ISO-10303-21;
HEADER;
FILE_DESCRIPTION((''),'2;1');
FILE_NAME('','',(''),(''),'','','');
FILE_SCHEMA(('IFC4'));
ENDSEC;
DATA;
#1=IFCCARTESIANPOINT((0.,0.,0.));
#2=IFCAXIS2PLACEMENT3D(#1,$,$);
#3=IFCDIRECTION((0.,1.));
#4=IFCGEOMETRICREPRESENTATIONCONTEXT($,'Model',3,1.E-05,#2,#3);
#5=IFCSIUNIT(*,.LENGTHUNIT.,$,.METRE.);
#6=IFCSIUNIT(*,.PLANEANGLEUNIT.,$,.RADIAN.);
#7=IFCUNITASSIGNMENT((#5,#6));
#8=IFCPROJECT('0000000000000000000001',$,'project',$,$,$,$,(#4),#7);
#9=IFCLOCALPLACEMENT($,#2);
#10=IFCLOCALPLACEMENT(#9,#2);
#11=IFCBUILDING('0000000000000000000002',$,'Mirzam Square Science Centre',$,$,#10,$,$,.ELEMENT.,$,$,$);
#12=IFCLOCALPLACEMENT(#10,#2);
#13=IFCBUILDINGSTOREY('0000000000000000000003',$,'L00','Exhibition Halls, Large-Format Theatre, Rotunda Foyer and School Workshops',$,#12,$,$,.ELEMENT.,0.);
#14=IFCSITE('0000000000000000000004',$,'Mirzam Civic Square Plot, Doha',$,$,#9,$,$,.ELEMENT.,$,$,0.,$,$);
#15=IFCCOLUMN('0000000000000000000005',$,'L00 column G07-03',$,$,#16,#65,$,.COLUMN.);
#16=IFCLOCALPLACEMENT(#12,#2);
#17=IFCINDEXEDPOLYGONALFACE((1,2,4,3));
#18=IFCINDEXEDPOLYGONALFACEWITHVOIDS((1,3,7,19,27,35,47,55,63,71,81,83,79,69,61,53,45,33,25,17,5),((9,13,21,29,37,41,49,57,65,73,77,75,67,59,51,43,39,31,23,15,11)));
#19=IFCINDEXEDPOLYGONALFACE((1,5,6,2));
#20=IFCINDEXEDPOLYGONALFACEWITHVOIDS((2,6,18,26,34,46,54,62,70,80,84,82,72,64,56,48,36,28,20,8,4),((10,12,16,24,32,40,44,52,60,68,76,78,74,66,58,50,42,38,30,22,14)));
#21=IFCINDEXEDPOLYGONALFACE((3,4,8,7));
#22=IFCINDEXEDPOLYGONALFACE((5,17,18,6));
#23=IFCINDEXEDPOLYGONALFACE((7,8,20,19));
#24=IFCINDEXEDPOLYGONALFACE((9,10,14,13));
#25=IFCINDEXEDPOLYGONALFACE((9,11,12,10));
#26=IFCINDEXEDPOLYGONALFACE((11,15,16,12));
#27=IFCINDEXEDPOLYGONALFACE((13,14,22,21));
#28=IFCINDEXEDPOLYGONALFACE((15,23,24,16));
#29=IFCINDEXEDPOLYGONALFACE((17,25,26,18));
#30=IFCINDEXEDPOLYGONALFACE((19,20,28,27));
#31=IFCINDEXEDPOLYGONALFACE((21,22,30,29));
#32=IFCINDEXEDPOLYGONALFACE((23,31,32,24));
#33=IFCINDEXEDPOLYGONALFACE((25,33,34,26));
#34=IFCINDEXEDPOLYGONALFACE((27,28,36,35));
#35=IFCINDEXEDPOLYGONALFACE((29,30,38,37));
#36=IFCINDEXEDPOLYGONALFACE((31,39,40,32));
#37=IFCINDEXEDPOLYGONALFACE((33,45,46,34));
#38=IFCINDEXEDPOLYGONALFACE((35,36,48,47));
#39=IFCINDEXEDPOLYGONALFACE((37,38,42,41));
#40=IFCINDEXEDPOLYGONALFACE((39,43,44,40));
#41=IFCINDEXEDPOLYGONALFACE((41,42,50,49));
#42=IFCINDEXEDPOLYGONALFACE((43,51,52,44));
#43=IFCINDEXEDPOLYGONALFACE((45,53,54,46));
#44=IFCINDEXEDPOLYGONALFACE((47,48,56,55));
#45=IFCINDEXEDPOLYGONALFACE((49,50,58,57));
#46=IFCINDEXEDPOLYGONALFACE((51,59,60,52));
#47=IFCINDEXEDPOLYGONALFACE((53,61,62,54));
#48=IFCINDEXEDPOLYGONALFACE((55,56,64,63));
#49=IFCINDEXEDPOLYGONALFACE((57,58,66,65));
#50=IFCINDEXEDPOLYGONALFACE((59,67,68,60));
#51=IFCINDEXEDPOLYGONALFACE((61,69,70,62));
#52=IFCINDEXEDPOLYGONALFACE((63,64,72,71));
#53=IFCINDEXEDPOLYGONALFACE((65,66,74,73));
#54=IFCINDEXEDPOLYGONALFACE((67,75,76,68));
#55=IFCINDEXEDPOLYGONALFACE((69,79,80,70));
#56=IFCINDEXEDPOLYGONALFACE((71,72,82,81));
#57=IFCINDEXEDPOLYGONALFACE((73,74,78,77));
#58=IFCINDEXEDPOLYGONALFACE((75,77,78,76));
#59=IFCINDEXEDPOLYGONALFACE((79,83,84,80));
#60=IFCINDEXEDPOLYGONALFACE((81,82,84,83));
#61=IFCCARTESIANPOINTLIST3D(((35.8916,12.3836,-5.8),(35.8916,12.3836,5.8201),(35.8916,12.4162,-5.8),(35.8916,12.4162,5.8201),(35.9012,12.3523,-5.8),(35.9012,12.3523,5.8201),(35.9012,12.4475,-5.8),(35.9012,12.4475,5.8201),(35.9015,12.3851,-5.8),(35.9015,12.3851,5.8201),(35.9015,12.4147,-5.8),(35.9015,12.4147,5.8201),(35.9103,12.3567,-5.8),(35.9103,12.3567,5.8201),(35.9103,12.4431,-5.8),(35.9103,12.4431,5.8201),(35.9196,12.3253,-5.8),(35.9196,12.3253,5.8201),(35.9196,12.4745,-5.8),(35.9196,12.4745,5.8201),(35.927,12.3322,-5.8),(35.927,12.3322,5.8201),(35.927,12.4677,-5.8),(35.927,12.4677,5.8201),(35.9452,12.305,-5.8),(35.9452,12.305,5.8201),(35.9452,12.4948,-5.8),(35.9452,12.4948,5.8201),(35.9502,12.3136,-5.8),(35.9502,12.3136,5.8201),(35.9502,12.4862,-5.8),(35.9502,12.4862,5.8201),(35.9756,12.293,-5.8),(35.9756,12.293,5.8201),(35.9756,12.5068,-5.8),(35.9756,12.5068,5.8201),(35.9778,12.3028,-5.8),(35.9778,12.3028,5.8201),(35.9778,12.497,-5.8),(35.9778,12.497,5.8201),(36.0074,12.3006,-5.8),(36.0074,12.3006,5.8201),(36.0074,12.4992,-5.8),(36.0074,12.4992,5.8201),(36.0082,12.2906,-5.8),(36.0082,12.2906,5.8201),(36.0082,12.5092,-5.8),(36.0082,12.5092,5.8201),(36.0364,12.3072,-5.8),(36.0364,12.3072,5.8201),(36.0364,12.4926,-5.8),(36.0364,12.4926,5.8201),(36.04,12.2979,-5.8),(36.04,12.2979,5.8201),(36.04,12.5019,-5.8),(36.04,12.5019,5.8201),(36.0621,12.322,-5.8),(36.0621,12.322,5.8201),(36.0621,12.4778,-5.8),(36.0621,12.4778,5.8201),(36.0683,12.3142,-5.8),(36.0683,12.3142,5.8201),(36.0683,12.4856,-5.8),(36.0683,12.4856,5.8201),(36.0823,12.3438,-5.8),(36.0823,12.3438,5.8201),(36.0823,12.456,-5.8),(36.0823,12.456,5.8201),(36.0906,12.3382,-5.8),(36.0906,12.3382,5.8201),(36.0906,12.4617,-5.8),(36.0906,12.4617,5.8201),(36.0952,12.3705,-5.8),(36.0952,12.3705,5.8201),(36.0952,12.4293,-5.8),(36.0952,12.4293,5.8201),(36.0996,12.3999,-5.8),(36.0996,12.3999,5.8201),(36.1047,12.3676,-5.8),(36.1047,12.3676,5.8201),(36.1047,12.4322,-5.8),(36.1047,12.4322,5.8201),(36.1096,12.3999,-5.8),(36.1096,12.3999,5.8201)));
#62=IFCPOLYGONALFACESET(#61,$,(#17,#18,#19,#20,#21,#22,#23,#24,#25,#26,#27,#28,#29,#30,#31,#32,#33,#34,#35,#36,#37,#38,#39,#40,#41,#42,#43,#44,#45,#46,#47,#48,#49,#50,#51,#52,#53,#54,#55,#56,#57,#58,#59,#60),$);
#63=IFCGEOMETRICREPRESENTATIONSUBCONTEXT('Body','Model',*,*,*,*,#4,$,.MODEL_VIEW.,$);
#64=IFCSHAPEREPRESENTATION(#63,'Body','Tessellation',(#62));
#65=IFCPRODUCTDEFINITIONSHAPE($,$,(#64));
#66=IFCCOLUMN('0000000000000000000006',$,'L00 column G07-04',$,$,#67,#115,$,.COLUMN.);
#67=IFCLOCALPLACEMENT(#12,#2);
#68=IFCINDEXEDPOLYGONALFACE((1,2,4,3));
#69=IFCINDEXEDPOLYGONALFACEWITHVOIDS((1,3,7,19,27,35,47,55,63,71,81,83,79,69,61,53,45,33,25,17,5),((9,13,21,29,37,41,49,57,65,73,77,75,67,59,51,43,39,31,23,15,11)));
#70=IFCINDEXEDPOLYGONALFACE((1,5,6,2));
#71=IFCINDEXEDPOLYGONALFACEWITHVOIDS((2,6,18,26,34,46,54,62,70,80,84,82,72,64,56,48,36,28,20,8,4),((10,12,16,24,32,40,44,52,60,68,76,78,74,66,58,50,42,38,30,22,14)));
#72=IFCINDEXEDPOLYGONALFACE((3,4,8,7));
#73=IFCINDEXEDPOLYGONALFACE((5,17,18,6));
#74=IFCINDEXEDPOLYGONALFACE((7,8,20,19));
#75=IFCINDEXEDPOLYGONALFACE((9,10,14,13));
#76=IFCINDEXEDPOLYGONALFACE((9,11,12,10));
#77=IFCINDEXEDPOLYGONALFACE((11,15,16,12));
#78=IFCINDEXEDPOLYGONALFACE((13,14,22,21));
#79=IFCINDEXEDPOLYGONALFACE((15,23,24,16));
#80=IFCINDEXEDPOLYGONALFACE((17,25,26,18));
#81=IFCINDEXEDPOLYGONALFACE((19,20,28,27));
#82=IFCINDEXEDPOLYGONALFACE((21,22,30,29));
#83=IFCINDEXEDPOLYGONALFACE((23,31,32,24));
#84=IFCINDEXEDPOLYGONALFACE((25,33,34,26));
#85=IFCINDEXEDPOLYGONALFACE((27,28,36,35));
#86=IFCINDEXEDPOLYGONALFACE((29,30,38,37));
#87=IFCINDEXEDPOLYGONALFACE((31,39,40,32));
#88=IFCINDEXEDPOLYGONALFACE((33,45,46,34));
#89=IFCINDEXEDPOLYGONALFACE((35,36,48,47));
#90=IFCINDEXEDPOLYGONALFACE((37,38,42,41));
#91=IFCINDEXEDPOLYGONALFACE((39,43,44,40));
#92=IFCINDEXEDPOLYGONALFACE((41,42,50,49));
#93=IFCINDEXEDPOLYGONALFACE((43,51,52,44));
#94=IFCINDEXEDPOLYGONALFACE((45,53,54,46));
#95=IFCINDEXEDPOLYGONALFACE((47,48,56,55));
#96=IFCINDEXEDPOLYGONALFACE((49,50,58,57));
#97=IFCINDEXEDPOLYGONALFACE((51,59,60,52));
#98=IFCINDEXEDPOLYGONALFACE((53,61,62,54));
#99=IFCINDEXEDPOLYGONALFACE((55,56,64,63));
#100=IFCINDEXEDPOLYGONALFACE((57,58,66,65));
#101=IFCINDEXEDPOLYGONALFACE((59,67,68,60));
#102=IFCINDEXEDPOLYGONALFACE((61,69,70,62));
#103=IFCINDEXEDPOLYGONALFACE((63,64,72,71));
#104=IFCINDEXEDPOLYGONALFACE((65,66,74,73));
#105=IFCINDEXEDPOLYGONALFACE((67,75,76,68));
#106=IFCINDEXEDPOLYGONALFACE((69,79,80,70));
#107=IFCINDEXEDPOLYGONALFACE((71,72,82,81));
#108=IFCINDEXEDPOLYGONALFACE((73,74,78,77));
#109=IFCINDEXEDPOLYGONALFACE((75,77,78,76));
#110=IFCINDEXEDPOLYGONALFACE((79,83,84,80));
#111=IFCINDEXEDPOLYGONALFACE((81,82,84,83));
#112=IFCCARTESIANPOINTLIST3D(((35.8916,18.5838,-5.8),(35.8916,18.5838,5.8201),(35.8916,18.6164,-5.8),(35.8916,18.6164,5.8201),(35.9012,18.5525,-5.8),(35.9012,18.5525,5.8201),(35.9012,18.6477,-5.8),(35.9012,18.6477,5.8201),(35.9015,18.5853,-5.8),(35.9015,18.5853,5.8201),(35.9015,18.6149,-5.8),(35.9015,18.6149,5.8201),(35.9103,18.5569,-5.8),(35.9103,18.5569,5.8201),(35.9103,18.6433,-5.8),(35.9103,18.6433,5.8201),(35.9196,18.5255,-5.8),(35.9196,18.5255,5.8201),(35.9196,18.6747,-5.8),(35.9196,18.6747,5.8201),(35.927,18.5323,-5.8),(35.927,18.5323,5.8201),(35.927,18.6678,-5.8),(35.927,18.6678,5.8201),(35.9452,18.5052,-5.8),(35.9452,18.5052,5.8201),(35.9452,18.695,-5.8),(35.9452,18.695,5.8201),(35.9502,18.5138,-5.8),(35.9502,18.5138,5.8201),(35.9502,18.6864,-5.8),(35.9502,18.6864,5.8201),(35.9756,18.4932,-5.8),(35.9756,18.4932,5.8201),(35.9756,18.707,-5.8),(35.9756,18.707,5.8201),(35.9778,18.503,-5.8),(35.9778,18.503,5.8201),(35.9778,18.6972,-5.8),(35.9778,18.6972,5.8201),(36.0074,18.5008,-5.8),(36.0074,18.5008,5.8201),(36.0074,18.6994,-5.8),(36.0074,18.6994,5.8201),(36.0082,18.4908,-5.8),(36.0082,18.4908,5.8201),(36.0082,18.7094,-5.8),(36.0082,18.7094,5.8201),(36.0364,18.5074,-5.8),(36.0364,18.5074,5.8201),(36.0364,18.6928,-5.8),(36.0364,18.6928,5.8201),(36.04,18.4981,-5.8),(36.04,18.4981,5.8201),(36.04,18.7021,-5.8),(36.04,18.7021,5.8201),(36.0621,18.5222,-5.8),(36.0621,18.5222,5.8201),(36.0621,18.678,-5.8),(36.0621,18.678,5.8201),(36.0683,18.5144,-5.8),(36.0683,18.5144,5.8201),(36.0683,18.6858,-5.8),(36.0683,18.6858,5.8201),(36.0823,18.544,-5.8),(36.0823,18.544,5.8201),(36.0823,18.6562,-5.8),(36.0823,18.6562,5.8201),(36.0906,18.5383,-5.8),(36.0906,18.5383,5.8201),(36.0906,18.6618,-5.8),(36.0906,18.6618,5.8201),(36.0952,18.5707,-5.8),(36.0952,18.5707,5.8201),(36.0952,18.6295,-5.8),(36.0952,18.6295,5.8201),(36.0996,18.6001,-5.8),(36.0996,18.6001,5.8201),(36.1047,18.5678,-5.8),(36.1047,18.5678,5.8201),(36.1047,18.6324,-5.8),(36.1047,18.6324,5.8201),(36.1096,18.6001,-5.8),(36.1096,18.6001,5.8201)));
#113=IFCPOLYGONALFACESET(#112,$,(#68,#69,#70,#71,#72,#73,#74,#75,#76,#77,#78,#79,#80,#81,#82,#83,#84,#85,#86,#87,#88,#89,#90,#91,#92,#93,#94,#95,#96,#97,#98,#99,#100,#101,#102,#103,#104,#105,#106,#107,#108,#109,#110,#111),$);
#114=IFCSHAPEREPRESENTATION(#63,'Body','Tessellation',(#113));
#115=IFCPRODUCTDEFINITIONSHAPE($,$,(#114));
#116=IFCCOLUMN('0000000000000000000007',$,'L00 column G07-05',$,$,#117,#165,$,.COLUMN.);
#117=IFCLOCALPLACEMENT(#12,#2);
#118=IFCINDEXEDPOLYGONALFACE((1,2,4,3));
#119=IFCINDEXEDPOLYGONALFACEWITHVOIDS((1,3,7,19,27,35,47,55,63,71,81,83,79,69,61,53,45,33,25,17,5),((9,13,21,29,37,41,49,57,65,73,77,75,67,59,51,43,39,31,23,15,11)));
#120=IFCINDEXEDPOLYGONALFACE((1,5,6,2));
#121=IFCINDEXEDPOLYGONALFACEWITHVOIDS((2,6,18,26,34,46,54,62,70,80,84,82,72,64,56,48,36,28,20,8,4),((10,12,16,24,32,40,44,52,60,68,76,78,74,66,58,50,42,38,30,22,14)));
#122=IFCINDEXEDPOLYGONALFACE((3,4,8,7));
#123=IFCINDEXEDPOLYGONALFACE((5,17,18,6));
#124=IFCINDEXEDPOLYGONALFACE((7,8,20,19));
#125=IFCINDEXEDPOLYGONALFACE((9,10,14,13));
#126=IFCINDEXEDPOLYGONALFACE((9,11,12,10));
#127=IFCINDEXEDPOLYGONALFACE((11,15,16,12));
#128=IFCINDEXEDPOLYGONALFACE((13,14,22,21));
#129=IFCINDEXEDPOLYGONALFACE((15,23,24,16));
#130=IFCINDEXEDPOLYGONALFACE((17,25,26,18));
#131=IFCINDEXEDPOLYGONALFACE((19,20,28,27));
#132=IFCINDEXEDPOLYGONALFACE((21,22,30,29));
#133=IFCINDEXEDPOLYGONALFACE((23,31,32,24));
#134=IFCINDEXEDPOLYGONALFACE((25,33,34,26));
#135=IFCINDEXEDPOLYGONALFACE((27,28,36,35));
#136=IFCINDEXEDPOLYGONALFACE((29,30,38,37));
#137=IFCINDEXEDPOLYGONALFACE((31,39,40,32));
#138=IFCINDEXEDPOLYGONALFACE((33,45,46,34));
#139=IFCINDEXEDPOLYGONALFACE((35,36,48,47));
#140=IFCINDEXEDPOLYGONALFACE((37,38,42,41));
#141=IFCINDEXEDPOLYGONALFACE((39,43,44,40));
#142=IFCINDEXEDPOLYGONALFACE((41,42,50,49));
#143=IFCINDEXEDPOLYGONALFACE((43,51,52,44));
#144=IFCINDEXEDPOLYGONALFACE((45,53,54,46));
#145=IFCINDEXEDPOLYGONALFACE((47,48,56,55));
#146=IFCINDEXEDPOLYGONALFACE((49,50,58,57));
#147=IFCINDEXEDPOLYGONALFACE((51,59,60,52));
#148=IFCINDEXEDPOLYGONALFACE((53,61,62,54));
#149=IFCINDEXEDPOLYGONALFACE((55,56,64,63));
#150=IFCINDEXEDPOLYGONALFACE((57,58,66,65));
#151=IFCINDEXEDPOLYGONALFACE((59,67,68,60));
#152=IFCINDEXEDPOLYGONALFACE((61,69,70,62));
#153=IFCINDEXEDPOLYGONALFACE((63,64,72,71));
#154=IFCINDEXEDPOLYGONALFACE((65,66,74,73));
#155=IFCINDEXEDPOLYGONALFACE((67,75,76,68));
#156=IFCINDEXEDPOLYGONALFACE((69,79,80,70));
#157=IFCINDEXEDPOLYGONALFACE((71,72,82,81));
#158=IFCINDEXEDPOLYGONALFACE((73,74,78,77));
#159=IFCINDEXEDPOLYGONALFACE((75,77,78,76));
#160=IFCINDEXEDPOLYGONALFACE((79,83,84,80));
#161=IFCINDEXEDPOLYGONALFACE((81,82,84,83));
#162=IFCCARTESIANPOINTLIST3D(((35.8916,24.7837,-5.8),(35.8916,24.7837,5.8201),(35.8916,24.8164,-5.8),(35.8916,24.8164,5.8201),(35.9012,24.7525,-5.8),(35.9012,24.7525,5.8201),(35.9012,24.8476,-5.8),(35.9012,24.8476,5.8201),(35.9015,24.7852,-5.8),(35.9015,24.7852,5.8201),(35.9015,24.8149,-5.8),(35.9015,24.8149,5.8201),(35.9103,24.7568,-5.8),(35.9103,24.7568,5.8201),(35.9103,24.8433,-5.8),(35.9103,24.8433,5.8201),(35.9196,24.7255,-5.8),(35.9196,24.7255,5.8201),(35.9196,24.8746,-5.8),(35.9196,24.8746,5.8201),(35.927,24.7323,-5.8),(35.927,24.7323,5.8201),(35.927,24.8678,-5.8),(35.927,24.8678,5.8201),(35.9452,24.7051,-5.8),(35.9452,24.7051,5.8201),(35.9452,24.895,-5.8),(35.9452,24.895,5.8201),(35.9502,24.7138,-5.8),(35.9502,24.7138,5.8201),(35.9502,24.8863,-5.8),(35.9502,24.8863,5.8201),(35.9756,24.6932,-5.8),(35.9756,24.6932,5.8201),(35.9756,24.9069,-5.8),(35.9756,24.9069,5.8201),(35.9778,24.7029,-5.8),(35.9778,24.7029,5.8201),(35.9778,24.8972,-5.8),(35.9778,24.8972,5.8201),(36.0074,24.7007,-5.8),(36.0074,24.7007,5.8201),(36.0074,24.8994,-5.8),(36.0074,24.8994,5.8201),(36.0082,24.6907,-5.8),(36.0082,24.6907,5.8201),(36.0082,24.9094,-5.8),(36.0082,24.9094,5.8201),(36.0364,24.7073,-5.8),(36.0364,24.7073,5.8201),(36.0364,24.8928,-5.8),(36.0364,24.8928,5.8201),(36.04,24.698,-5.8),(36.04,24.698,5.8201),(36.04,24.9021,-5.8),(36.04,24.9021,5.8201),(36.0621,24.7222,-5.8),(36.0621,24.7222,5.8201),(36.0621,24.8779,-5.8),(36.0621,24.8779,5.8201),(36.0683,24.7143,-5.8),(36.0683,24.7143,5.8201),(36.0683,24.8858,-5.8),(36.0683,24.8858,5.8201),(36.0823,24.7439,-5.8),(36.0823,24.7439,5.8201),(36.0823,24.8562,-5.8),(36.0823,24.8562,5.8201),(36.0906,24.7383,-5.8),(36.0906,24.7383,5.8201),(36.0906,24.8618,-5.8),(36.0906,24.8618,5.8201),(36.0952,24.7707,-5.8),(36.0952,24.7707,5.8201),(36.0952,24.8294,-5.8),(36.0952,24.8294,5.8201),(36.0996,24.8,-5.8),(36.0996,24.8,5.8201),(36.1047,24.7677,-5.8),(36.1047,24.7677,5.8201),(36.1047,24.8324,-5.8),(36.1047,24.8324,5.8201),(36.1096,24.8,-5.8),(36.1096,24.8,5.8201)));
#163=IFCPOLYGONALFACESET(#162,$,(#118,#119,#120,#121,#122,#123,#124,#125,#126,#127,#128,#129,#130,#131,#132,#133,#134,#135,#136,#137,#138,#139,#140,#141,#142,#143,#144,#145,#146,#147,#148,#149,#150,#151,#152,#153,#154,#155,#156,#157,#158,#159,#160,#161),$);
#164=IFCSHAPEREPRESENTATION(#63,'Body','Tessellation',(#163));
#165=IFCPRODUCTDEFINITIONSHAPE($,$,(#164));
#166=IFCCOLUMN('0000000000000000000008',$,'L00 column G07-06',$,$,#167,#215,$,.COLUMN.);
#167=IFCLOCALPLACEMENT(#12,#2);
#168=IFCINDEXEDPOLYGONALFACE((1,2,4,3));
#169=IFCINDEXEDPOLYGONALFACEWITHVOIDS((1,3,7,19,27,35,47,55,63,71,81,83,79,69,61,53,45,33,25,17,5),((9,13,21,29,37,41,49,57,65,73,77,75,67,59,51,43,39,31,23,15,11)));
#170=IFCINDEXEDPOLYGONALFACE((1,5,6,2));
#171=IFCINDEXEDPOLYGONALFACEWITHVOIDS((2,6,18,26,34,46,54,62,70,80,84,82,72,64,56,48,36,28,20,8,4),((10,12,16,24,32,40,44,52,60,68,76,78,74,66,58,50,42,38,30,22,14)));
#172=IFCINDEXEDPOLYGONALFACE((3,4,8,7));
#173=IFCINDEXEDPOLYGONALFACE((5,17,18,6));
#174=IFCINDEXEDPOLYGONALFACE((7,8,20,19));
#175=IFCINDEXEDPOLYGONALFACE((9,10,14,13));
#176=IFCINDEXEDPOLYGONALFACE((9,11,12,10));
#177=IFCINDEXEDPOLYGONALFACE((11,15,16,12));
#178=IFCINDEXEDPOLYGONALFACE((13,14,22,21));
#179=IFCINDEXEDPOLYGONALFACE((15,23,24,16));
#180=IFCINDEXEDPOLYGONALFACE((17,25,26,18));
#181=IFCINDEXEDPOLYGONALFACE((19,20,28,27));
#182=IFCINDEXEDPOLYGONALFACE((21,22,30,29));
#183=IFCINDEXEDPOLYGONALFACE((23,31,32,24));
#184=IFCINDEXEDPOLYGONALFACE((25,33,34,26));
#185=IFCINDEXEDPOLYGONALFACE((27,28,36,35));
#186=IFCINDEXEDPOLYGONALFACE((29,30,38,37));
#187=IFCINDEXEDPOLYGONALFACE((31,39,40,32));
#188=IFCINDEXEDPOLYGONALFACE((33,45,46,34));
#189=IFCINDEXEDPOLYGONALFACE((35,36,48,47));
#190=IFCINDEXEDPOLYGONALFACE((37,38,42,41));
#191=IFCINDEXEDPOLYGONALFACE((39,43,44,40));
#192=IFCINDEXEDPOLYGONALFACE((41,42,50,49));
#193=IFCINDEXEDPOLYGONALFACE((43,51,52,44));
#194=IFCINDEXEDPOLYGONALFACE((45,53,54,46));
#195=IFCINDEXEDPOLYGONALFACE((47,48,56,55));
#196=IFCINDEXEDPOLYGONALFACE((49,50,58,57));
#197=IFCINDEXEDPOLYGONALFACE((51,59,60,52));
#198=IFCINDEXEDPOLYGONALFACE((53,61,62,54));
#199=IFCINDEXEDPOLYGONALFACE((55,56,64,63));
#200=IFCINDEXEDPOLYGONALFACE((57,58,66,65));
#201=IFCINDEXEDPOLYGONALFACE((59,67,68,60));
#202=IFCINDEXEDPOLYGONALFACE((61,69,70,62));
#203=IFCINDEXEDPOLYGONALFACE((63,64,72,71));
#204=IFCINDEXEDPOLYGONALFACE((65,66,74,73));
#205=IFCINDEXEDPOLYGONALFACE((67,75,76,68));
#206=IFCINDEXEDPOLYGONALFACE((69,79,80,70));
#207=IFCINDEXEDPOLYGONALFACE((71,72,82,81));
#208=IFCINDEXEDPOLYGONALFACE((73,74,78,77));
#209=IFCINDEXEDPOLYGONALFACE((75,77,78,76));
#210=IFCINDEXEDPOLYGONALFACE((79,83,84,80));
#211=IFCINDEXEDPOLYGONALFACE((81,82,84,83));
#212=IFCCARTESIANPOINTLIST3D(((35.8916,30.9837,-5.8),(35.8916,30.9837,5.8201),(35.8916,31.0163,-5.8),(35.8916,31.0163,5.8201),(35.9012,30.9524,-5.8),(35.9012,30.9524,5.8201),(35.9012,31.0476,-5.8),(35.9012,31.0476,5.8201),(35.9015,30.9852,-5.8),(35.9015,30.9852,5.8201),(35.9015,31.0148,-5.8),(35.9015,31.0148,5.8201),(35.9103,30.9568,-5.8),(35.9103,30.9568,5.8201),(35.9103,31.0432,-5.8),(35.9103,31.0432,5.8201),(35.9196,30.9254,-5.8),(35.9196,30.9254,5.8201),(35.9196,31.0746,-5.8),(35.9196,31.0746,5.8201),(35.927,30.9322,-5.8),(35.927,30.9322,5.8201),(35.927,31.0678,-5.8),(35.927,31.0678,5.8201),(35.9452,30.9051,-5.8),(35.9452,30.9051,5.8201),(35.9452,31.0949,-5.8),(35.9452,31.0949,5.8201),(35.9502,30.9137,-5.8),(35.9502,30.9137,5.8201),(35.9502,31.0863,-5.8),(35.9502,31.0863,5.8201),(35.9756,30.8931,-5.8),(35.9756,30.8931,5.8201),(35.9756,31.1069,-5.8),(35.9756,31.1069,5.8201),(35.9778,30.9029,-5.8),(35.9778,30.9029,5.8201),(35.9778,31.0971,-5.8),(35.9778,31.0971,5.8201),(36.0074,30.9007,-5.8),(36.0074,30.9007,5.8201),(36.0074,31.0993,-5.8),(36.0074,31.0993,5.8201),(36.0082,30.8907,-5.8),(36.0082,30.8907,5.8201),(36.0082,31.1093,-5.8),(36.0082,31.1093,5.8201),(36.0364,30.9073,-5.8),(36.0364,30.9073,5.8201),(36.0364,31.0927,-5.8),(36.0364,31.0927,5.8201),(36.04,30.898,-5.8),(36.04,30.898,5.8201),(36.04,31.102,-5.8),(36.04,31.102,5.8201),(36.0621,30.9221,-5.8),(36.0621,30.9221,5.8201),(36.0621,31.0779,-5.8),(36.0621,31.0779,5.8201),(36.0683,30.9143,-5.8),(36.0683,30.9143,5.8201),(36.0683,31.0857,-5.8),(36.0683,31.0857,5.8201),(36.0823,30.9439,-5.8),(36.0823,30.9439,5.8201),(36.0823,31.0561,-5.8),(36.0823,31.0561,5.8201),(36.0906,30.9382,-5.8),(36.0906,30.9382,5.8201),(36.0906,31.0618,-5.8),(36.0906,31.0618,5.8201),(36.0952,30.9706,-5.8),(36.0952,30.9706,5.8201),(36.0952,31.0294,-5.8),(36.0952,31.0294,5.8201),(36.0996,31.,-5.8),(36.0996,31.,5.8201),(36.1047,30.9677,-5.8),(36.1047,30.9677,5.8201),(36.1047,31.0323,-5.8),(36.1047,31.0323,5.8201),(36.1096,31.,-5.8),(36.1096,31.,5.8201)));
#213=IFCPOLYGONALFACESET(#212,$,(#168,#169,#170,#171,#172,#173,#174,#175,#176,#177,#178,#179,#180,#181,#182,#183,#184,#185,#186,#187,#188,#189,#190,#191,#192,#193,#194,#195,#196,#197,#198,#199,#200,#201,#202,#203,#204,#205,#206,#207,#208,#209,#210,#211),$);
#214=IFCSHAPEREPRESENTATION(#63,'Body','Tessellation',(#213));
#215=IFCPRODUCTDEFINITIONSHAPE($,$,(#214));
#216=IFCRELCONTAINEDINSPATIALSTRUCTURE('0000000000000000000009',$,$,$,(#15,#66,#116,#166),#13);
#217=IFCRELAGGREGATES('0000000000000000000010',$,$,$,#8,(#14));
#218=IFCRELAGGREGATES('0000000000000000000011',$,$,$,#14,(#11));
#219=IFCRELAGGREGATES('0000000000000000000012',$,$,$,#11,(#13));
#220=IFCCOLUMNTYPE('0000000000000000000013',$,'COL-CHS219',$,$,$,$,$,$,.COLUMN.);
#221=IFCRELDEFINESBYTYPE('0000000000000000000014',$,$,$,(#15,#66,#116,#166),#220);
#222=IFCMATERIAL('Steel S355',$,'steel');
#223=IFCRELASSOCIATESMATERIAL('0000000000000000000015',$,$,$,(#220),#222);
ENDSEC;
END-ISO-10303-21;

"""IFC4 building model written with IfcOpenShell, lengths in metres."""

from ifc_helpers import new_model, si_unit, direction, frame, origin, origin_2d, place, context, subcontext, project, spatial, hollow_circle, extrude, material, material_profile, profile_set, type_object, element, save


model = new_model("IFC4")

# Units and contexts
model_context = context("Model", 3, precision=1e-05, world=origin(), true_north=direction((0.0, 1.0)))
body_context = subcontext(model_context, "Body", "Model", "MODEL_VIEW")
ifc_project = project(units=[si_unit("LENGTHUNIT", "METRE"), si_unit("PLANEANGLEUNIT", "RADIAN")], contexts=[model_context])

# Site, building, storey
site_placement = place(None, origin())
site = spatial("IfcSite", under=ifc_project, at=site_placement, Name="Mirzam Civic Square Plot, Doha", CompositionType="ELEMENT", RefElevation=0.0)
building_placement = place(site_placement, origin())
building = spatial("IfcBuilding", under=site, at=building_placement, Name="Mirzam Square Science Centre", CompositionType="ELEMENT")
storey_placement = place(building_placement, origin())
storey = spatial("IfcBuildingStorey", under=building, at=storey_placement, Name="L00", Description="Exhibition Halls, Large-Format Theatre, Rotunda Foyer and School Workshops", CompositionType="ELEMENT", Elevation=0.0)

# Columns
ifc_material_1 = material(Name="Steel S355", Category="steel")
ifc_material_profile_1 = material_profile(ifc_material_1, hollow_circle(Radius=0.1096, WallThickness=0.01, at=origin_2d()), Name="219.1x10.0CHS")
ifc_profile_set_1 = profile_set([ifc_material_profile_1], Name="Steel S355")
column_type = type_object("IfcColumnType", Name="COL-CHS219", PredefinedType="COLUMN", material=ifc_profile_set_1)
for number, where, z_axis, x_axis, name in (
    (1, (36.0, 12.3999, -5.8), (0.0, 0.0, 1.0), (1.0, 0.0, 0.0), "L00 column G07-03"),
    (2, (36.0, 18.6001, -5.8), (0.0, 0.0, 1.0), (1.0, 0.0, 0.0), "L00 column G07-04"),
    (3, (36.0, 24.8, -5.8), (0.0, 0.0, 1.0), (1.0, 0.0, 0.0), "L00 column G07-05"),
    (4, (36.0, 31.0, -5.8), (0.0, 0.0, 1.0), (1.0, 0.0, 0.0), "L00 column G07-06"),
):
    element("IfcColumn", number, at=place(storey_placement, frame(where, z_axis=z_axis, x_axis=x_axis)), inside=storey, type_object=column_type, Name=name, PredefinedType="COLUMN", context=body_context, shape_type="SweptSolid", body=[
        extrude(hollow_circle(Radius=0.1096, WallThickness=0.01, at=origin_2d()), origin(), (0.0, 0.0, 1.0), 11.6201),
    ])

save(model, "model.ifc")
